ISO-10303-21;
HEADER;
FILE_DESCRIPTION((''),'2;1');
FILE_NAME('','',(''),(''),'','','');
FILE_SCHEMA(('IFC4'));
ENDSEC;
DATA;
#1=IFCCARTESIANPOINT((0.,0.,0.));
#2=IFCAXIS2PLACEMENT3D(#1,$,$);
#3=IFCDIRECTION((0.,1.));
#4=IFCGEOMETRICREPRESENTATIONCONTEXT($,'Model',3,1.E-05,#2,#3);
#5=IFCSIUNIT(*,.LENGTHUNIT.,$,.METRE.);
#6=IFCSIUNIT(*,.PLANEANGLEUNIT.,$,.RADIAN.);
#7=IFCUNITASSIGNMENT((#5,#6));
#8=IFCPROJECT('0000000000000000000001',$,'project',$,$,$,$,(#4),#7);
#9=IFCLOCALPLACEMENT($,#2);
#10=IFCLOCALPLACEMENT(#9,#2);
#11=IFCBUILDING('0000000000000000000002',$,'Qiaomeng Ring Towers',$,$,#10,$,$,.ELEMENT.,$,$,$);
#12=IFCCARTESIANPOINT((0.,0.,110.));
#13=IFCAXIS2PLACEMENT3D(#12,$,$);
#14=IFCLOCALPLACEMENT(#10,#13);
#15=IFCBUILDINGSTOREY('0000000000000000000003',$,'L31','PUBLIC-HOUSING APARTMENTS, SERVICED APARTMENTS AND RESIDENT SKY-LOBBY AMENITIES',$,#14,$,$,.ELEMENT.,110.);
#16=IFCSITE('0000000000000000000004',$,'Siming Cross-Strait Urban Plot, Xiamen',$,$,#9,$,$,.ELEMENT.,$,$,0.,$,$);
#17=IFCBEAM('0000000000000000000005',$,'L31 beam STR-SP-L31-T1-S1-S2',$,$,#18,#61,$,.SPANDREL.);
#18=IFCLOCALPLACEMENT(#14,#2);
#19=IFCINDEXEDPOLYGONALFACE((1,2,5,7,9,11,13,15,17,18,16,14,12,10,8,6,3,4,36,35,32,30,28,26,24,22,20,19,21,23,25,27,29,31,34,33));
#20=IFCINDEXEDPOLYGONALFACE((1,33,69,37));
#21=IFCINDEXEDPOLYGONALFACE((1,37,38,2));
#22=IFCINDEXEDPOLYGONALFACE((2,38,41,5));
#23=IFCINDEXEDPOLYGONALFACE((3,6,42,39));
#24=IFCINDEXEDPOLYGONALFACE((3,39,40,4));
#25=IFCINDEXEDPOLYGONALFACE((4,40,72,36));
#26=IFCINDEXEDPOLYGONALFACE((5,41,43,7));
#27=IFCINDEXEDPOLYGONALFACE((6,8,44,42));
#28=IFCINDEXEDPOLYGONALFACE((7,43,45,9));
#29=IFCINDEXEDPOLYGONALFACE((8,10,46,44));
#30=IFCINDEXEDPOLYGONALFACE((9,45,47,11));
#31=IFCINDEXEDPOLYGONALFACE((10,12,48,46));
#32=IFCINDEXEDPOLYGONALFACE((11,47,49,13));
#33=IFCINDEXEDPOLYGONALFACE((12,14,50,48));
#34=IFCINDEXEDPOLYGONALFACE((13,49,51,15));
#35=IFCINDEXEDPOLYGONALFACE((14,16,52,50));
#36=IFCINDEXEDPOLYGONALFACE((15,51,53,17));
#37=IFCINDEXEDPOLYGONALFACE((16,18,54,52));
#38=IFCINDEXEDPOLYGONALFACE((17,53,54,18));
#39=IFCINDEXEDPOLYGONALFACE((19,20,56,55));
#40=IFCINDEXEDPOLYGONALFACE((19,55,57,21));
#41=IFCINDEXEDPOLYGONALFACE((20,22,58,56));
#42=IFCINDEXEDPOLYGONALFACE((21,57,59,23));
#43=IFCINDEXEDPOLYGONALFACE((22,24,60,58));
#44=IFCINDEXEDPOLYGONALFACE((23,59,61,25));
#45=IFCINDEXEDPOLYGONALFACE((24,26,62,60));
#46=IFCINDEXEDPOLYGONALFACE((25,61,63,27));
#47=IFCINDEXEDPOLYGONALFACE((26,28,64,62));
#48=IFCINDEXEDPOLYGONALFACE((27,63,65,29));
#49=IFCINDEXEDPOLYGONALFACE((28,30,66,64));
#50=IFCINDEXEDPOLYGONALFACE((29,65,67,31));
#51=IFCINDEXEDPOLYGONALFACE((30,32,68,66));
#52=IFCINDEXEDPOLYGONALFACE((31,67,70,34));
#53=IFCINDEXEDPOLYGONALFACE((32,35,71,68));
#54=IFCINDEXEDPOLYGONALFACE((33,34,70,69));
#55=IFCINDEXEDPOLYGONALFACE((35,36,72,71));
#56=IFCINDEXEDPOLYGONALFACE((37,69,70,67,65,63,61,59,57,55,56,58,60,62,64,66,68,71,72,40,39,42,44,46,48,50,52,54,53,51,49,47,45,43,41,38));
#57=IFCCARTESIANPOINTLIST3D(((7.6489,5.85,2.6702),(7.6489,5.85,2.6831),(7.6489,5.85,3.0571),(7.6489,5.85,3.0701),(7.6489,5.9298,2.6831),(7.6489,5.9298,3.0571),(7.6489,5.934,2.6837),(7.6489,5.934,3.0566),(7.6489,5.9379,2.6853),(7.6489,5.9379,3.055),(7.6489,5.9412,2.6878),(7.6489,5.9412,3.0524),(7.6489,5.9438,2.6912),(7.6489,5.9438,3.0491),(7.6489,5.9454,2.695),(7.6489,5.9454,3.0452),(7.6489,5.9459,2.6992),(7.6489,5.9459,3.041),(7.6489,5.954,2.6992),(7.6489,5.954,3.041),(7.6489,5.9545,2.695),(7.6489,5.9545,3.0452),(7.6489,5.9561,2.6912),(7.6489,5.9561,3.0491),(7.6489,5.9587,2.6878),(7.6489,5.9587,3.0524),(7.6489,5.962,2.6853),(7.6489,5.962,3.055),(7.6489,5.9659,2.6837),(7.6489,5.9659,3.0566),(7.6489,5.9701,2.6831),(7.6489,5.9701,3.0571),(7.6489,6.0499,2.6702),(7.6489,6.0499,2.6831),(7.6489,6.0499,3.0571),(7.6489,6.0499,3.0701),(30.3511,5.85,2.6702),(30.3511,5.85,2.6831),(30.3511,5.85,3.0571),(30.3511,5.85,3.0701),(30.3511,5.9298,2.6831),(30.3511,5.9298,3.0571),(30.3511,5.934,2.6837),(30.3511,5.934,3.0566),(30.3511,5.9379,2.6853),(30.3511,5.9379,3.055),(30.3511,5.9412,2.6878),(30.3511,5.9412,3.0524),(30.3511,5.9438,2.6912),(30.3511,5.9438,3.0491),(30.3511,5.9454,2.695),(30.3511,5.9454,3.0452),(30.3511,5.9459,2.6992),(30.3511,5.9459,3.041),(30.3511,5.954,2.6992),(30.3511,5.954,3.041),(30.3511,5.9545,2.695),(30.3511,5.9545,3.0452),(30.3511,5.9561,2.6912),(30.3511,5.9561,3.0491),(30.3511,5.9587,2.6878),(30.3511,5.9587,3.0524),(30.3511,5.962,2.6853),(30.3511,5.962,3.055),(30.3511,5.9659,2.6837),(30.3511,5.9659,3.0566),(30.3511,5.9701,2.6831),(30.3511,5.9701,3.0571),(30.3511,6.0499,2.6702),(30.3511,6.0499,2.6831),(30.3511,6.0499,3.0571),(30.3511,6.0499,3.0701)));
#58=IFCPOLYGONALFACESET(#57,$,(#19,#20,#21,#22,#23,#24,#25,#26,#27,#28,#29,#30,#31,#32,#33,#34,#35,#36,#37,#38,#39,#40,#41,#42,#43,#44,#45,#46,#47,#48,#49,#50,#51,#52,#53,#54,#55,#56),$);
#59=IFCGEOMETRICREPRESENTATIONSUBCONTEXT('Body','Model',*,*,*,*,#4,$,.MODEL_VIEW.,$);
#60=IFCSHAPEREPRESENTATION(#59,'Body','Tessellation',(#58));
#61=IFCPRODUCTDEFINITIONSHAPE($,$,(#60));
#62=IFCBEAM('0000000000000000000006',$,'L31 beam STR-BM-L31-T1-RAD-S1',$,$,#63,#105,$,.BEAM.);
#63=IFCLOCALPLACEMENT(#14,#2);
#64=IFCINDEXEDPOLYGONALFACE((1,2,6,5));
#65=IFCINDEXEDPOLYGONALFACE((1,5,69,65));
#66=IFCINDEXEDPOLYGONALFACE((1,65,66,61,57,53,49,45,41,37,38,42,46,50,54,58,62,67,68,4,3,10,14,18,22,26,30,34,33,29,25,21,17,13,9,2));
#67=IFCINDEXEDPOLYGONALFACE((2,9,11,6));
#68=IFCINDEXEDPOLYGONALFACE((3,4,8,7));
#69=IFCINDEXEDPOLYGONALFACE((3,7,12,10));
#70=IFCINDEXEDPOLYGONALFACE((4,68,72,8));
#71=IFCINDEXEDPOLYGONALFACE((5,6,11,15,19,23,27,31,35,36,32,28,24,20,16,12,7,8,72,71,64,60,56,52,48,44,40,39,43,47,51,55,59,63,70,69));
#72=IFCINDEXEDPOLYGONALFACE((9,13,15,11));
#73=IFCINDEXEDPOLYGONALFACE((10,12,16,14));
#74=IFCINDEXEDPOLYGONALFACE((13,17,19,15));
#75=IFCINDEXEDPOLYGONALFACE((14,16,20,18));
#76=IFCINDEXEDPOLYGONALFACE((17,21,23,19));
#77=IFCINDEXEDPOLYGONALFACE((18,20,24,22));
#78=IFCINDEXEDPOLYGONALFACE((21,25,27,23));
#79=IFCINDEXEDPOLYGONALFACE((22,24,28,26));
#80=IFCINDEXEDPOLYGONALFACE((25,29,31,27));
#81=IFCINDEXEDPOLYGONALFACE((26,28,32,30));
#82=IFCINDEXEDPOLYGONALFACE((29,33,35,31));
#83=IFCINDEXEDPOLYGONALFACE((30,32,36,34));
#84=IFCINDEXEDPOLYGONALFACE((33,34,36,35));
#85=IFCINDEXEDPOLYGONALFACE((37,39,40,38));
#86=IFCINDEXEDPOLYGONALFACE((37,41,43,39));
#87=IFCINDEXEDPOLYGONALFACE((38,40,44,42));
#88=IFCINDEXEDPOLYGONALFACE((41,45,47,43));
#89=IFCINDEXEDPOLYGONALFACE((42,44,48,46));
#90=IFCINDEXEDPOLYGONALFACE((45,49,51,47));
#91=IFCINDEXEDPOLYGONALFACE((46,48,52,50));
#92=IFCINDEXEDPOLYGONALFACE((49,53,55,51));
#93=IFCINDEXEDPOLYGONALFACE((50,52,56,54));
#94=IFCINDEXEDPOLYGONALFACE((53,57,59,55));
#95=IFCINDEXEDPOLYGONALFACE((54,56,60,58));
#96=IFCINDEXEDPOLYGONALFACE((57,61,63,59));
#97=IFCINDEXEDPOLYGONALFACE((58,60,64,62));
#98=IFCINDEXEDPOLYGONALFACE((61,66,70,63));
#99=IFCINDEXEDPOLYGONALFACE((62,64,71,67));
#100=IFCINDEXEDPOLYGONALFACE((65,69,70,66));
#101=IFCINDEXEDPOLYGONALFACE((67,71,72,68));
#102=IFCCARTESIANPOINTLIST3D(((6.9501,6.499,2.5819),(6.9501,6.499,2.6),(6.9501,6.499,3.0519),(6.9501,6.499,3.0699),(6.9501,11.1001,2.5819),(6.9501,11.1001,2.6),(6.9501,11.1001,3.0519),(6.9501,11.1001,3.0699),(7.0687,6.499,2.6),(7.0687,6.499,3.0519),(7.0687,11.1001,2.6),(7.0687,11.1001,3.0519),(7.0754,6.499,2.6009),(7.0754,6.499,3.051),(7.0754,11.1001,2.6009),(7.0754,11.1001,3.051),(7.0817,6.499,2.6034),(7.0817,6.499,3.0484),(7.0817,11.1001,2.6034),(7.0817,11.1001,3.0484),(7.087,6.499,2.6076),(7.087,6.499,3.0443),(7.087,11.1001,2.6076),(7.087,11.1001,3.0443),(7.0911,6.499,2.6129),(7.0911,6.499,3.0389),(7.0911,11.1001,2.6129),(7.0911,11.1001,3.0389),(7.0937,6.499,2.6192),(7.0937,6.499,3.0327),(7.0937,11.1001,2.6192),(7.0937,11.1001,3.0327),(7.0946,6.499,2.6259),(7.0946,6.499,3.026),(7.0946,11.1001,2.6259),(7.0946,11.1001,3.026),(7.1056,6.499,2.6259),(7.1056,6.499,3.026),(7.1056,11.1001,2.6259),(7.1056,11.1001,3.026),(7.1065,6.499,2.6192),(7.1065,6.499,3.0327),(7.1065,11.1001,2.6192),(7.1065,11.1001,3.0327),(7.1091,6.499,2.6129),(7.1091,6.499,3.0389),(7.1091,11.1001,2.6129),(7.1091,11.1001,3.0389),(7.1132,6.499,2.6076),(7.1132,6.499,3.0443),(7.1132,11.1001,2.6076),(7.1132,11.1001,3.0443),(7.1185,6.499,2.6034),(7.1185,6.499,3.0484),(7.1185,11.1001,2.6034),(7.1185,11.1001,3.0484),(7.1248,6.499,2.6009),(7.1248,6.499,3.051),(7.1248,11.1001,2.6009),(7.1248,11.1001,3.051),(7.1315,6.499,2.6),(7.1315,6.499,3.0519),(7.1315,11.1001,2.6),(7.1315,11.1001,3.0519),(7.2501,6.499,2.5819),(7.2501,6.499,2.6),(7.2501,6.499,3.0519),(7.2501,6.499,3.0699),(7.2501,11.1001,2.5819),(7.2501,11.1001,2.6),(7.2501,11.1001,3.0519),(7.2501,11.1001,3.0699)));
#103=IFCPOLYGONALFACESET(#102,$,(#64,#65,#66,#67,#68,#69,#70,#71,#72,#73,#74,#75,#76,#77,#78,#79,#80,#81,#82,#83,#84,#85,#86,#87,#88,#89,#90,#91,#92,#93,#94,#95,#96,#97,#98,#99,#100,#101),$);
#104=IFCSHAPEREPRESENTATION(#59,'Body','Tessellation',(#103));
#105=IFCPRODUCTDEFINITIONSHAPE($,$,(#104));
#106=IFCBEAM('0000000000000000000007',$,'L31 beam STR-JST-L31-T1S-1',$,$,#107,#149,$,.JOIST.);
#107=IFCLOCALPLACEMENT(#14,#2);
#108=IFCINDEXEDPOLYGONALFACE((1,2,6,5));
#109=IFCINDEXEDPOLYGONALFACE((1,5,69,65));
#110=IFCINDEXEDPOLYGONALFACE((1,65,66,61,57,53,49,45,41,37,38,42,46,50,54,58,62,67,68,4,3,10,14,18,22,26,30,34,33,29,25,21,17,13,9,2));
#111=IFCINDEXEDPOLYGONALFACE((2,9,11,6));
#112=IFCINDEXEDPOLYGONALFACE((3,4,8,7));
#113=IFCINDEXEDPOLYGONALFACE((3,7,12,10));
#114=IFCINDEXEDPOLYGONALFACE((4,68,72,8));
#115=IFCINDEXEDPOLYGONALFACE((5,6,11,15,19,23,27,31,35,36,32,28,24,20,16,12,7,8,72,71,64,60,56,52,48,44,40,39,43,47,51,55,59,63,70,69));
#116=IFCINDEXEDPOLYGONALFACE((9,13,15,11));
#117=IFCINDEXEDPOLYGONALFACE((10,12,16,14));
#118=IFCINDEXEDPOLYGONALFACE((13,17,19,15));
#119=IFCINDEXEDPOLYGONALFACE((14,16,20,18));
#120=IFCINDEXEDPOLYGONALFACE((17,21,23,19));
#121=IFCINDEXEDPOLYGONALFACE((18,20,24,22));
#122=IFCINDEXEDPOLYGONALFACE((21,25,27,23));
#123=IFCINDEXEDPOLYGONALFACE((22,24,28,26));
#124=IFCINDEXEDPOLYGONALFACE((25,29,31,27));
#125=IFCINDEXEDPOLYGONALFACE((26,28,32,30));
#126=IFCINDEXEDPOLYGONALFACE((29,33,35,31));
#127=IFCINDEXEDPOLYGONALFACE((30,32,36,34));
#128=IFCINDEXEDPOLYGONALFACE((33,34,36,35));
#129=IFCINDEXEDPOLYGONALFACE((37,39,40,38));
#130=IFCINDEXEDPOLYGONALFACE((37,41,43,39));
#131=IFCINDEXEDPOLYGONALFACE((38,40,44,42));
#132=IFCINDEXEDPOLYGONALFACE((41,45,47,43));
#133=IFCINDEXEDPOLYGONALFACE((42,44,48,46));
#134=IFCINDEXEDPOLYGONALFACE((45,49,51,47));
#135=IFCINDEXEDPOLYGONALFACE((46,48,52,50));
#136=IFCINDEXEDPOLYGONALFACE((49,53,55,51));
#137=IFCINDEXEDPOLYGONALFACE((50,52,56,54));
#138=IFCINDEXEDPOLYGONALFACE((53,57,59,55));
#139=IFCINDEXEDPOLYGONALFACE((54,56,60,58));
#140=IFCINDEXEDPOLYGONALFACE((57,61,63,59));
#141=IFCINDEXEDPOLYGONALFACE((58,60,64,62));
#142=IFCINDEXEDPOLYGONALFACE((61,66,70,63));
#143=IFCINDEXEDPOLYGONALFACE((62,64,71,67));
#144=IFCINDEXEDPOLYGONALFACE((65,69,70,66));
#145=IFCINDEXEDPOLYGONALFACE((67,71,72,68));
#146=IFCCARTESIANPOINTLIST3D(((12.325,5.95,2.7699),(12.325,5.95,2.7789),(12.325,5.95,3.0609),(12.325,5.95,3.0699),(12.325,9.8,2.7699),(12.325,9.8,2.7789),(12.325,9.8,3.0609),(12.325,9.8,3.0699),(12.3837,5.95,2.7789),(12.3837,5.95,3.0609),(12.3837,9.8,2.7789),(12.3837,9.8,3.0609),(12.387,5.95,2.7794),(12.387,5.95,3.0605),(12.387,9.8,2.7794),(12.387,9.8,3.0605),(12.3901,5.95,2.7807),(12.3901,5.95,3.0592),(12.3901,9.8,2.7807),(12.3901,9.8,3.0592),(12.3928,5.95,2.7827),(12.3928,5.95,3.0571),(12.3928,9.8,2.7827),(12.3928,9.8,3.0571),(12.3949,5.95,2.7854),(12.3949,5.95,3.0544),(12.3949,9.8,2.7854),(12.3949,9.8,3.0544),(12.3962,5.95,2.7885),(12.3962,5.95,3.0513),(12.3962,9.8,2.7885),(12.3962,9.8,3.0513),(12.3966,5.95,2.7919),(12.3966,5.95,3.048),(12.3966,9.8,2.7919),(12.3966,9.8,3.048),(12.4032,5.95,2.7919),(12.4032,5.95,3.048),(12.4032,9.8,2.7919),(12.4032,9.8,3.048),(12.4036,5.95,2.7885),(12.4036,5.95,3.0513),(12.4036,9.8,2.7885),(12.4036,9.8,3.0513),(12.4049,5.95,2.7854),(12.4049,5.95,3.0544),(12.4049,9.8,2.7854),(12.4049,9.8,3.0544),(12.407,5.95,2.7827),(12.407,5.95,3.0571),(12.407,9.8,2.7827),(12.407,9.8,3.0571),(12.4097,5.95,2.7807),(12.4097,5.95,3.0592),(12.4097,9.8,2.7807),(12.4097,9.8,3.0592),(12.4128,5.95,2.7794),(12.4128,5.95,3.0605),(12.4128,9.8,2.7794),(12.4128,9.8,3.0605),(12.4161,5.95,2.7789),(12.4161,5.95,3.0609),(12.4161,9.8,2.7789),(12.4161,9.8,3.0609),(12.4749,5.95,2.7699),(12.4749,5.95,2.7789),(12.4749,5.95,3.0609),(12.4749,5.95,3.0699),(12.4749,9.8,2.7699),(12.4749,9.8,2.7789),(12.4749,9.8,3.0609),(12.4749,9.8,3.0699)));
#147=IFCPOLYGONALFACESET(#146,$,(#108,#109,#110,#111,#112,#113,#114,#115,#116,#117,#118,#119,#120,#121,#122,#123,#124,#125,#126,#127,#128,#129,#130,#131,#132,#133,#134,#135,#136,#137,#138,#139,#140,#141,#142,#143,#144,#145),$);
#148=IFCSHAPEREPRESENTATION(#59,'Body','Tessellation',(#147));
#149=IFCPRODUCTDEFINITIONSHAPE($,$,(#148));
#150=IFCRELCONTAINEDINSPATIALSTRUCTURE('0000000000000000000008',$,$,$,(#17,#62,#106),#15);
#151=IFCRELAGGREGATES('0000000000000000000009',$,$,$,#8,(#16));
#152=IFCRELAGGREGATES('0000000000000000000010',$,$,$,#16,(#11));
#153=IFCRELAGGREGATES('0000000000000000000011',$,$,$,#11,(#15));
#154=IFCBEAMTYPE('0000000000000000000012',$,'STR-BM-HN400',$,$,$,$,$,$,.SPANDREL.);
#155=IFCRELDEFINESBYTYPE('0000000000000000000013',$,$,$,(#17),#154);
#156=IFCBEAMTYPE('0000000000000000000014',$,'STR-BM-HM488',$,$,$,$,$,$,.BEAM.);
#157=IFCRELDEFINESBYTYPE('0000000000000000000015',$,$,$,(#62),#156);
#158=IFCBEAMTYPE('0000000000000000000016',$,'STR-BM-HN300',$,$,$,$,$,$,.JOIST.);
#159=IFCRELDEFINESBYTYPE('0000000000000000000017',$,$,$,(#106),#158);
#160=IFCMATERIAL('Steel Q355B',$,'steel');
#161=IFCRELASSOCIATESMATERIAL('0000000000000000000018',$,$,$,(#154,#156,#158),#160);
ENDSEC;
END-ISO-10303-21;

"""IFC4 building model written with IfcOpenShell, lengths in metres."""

from ifc_helpers import new_model, si_unit, direction, frame, origin, origin_2d, place, context, subcontext, project, spatial, i_section, extrude, source, transform, mapped, material, material_profile, profile_set, type_object, element, save


model = new_model("IFC4")

# Units and contexts
model_context = context("Model", 3, precision=1e-05, world=origin(), true_north=direction((0.0, 1.0)))
body_context = subcontext(model_context, "Body", "Model", "MODEL_VIEW")
ifc_project = project(units=[si_unit("LENGTHUNIT", "METRE"), si_unit("PLANEANGLEUNIT", "RADIAN")], contexts=[model_context])

# Site, building, storey
site_placement = place(None, origin())
site = spatial("IfcSite", under=ifc_project, at=site_placement, Name="Siming Cross-Strait Urban Plot, Xiamen", CompositionType="ELEMENT", RefElevation=0.0)
building_placement = place(site_placement, origin())
building = spatial("IfcBuilding", under=site, at=building_placement, Name="Qiaomeng Ring Towers", CompositionType="ELEMENT")
storey_placement = place(building_placement, frame((0.0, 0.0, 110.0)))
storey = spatial("IfcBuildingStorey", under=building, at=storey_placement, Name="L31", Description="PUBLIC-HOUSING APARTMENTS, SERVICED APARTMENTS AND RESIDENT SKY-LOBBY AMENITIES", CompositionType="ELEMENT", Elevation=110.0)

# Beams
ifc_material_1 = material(Name="Steel Q355B", Category="steel")
ifc_material_profile_1 = material_profile(ifc_material_1, i_section(OverallWidth=0.2, OverallDepth=0.3999, WebThickness=0.0081, FlangeThickness=0.0129, FilletRadius=0.0161, at=origin_2d()), Name="HN 400x200x8x13")
ifc_profile_set_1 = profile_set([ifc_material_profile_1], Name="Steel Q355B")
beam_type_1 = type_object("IfcBeamType", Name="STR-BM-HN400", PredefinedType="SPANDREL", material=ifc_profile_set_1)
shared_shape_1 = source(origin(), body_context, "Body", "SweptSolid", [
    extrude(i_section(OverallWidth=0.2, OverallDepth=0.3999, WebThickness=0.0081, FlangeThickness=0.0129, FilletRadius=0.0161, at=origin_2d()), origin(), (0.0, 0.0, 1.0), 22.7021),
])
beam_1_placement = place(storey_placement, frame((7.6489, 5.95, 2.8701), z_axis=(1.0, 0.0, 0.0), x_axis=(0.0, 1.0, 0.0)))
element("IfcBeam", 1, at=beam_1_placement, inside=storey, type_object=beam_type_1, Name="L31 beam STR-SP-L31-T1-S1-S2", PredefinedType="SPANDREL", context=body_context, shape_type="MappedRepresentation", body=[
    mapped(shared_shape_1, transform((0.0, 0.0, 0.0), x_axis=(1.0, 0.0, 0.0), y_axis=(0.0, 1.0, 0.0), z_axis=(0.0, 0.0, 1.0), scale=1.0)),
])
ifc_material_profile_2 = material_profile(ifc_material_1, i_section(OverallWidth=0.3, OverallDepth=0.488, WebThickness=0.011, FlangeThickness=0.0181, FilletRadius=0.0259, at=origin_2d()), Name="HM 488x300x11x18")
ifc_profile_set_2 = profile_set([ifc_material_profile_2], Name="Steel Q355B")
beam_type_2 = type_object("IfcBeamType", Name="STR-BM-HM488", PredefinedType="BEAM", material=ifc_profile_set_2)
shared_shape_2 = source(origin(), body_context, "Body", "SweptSolid", [
    extrude(i_section(OverallWidth=0.3, OverallDepth=0.488, WebThickness=0.011, FlangeThickness=0.0181, FilletRadius=0.0259, at=origin_2d()), origin(), (0.0, 0.0, 1.0), 4.6011),
])
beam_2_placement = place(storey_placement, frame((7.1001, 6.499, 2.8259), z_axis=(0.0, 1.0, 0.0), x_axis=(-1.0, 0.0, 0.0)))
element("IfcBeam", 2, at=beam_2_placement, inside=storey, type_object=beam_type_2, Name="L31 beam STR-BM-L31-T1-RAD-S1", PredefinedType="BEAM", context=body_context, shape_type="MappedRepresentation", body=[
    mapped(shared_shape_2, transform((0.0, 0.0, 0.0), x_axis=(1.0, 0.0, 0.0), y_axis=(0.0, 1.0, 0.0), z_axis=(0.0, 0.0, 1.0), scale=1.0)),
])
ifc_material_profile_3 = material_profile(ifc_material_1, i_section(OverallWidth=0.1499, OverallDepth=0.3, WebThickness=0.0066, FlangeThickness=0.009, FilletRadius=0.0129, at=origin_2d()), Name="HN 300x150x6.5x9")
ifc_profile_set_3 = profile_set([ifc_material_profile_3], Name="Steel Q355B")
beam_type_3 = type_object("IfcBeamType", Name="STR-BM-HN300", PredefinedType="JOIST", material=ifc_profile_set_3)
shared_shape_3 = source(origin(), body_context, "Body", "SweptSolid", [
    extrude(i_section(OverallWidth=0.1499, OverallDepth=0.3, WebThickness=0.0066, FlangeThickness=0.009, FilletRadius=0.0129, at=origin_2d()), origin(), (0.0, 0.0, 1.0), 3.8501),
])
beam_3_placement = place(storey_placement, frame((12.3999, 5.95, 2.9199), z_axis=(0.0, 1.0, 0.0), x_axis=(-1.0, 0.0, 0.0)))
element("IfcBeam", 3, at=beam_3_placement, inside=storey, type_object=beam_type_3, Name="L31 beam STR-JST-L31-T1S-1", PredefinedType="JOIST", context=body_context, shape_type="MappedRepresentation", body=[
    mapped(shared_shape_3, transform((0.0, 0.0, 0.0), x_axis=(1.0, 0.0, 0.0), y_axis=(0.0, 1.0, 0.0), z_axis=(0.0, 0.0, 1.0), scale=1.0)),
])

save(model, "model.ifc")
